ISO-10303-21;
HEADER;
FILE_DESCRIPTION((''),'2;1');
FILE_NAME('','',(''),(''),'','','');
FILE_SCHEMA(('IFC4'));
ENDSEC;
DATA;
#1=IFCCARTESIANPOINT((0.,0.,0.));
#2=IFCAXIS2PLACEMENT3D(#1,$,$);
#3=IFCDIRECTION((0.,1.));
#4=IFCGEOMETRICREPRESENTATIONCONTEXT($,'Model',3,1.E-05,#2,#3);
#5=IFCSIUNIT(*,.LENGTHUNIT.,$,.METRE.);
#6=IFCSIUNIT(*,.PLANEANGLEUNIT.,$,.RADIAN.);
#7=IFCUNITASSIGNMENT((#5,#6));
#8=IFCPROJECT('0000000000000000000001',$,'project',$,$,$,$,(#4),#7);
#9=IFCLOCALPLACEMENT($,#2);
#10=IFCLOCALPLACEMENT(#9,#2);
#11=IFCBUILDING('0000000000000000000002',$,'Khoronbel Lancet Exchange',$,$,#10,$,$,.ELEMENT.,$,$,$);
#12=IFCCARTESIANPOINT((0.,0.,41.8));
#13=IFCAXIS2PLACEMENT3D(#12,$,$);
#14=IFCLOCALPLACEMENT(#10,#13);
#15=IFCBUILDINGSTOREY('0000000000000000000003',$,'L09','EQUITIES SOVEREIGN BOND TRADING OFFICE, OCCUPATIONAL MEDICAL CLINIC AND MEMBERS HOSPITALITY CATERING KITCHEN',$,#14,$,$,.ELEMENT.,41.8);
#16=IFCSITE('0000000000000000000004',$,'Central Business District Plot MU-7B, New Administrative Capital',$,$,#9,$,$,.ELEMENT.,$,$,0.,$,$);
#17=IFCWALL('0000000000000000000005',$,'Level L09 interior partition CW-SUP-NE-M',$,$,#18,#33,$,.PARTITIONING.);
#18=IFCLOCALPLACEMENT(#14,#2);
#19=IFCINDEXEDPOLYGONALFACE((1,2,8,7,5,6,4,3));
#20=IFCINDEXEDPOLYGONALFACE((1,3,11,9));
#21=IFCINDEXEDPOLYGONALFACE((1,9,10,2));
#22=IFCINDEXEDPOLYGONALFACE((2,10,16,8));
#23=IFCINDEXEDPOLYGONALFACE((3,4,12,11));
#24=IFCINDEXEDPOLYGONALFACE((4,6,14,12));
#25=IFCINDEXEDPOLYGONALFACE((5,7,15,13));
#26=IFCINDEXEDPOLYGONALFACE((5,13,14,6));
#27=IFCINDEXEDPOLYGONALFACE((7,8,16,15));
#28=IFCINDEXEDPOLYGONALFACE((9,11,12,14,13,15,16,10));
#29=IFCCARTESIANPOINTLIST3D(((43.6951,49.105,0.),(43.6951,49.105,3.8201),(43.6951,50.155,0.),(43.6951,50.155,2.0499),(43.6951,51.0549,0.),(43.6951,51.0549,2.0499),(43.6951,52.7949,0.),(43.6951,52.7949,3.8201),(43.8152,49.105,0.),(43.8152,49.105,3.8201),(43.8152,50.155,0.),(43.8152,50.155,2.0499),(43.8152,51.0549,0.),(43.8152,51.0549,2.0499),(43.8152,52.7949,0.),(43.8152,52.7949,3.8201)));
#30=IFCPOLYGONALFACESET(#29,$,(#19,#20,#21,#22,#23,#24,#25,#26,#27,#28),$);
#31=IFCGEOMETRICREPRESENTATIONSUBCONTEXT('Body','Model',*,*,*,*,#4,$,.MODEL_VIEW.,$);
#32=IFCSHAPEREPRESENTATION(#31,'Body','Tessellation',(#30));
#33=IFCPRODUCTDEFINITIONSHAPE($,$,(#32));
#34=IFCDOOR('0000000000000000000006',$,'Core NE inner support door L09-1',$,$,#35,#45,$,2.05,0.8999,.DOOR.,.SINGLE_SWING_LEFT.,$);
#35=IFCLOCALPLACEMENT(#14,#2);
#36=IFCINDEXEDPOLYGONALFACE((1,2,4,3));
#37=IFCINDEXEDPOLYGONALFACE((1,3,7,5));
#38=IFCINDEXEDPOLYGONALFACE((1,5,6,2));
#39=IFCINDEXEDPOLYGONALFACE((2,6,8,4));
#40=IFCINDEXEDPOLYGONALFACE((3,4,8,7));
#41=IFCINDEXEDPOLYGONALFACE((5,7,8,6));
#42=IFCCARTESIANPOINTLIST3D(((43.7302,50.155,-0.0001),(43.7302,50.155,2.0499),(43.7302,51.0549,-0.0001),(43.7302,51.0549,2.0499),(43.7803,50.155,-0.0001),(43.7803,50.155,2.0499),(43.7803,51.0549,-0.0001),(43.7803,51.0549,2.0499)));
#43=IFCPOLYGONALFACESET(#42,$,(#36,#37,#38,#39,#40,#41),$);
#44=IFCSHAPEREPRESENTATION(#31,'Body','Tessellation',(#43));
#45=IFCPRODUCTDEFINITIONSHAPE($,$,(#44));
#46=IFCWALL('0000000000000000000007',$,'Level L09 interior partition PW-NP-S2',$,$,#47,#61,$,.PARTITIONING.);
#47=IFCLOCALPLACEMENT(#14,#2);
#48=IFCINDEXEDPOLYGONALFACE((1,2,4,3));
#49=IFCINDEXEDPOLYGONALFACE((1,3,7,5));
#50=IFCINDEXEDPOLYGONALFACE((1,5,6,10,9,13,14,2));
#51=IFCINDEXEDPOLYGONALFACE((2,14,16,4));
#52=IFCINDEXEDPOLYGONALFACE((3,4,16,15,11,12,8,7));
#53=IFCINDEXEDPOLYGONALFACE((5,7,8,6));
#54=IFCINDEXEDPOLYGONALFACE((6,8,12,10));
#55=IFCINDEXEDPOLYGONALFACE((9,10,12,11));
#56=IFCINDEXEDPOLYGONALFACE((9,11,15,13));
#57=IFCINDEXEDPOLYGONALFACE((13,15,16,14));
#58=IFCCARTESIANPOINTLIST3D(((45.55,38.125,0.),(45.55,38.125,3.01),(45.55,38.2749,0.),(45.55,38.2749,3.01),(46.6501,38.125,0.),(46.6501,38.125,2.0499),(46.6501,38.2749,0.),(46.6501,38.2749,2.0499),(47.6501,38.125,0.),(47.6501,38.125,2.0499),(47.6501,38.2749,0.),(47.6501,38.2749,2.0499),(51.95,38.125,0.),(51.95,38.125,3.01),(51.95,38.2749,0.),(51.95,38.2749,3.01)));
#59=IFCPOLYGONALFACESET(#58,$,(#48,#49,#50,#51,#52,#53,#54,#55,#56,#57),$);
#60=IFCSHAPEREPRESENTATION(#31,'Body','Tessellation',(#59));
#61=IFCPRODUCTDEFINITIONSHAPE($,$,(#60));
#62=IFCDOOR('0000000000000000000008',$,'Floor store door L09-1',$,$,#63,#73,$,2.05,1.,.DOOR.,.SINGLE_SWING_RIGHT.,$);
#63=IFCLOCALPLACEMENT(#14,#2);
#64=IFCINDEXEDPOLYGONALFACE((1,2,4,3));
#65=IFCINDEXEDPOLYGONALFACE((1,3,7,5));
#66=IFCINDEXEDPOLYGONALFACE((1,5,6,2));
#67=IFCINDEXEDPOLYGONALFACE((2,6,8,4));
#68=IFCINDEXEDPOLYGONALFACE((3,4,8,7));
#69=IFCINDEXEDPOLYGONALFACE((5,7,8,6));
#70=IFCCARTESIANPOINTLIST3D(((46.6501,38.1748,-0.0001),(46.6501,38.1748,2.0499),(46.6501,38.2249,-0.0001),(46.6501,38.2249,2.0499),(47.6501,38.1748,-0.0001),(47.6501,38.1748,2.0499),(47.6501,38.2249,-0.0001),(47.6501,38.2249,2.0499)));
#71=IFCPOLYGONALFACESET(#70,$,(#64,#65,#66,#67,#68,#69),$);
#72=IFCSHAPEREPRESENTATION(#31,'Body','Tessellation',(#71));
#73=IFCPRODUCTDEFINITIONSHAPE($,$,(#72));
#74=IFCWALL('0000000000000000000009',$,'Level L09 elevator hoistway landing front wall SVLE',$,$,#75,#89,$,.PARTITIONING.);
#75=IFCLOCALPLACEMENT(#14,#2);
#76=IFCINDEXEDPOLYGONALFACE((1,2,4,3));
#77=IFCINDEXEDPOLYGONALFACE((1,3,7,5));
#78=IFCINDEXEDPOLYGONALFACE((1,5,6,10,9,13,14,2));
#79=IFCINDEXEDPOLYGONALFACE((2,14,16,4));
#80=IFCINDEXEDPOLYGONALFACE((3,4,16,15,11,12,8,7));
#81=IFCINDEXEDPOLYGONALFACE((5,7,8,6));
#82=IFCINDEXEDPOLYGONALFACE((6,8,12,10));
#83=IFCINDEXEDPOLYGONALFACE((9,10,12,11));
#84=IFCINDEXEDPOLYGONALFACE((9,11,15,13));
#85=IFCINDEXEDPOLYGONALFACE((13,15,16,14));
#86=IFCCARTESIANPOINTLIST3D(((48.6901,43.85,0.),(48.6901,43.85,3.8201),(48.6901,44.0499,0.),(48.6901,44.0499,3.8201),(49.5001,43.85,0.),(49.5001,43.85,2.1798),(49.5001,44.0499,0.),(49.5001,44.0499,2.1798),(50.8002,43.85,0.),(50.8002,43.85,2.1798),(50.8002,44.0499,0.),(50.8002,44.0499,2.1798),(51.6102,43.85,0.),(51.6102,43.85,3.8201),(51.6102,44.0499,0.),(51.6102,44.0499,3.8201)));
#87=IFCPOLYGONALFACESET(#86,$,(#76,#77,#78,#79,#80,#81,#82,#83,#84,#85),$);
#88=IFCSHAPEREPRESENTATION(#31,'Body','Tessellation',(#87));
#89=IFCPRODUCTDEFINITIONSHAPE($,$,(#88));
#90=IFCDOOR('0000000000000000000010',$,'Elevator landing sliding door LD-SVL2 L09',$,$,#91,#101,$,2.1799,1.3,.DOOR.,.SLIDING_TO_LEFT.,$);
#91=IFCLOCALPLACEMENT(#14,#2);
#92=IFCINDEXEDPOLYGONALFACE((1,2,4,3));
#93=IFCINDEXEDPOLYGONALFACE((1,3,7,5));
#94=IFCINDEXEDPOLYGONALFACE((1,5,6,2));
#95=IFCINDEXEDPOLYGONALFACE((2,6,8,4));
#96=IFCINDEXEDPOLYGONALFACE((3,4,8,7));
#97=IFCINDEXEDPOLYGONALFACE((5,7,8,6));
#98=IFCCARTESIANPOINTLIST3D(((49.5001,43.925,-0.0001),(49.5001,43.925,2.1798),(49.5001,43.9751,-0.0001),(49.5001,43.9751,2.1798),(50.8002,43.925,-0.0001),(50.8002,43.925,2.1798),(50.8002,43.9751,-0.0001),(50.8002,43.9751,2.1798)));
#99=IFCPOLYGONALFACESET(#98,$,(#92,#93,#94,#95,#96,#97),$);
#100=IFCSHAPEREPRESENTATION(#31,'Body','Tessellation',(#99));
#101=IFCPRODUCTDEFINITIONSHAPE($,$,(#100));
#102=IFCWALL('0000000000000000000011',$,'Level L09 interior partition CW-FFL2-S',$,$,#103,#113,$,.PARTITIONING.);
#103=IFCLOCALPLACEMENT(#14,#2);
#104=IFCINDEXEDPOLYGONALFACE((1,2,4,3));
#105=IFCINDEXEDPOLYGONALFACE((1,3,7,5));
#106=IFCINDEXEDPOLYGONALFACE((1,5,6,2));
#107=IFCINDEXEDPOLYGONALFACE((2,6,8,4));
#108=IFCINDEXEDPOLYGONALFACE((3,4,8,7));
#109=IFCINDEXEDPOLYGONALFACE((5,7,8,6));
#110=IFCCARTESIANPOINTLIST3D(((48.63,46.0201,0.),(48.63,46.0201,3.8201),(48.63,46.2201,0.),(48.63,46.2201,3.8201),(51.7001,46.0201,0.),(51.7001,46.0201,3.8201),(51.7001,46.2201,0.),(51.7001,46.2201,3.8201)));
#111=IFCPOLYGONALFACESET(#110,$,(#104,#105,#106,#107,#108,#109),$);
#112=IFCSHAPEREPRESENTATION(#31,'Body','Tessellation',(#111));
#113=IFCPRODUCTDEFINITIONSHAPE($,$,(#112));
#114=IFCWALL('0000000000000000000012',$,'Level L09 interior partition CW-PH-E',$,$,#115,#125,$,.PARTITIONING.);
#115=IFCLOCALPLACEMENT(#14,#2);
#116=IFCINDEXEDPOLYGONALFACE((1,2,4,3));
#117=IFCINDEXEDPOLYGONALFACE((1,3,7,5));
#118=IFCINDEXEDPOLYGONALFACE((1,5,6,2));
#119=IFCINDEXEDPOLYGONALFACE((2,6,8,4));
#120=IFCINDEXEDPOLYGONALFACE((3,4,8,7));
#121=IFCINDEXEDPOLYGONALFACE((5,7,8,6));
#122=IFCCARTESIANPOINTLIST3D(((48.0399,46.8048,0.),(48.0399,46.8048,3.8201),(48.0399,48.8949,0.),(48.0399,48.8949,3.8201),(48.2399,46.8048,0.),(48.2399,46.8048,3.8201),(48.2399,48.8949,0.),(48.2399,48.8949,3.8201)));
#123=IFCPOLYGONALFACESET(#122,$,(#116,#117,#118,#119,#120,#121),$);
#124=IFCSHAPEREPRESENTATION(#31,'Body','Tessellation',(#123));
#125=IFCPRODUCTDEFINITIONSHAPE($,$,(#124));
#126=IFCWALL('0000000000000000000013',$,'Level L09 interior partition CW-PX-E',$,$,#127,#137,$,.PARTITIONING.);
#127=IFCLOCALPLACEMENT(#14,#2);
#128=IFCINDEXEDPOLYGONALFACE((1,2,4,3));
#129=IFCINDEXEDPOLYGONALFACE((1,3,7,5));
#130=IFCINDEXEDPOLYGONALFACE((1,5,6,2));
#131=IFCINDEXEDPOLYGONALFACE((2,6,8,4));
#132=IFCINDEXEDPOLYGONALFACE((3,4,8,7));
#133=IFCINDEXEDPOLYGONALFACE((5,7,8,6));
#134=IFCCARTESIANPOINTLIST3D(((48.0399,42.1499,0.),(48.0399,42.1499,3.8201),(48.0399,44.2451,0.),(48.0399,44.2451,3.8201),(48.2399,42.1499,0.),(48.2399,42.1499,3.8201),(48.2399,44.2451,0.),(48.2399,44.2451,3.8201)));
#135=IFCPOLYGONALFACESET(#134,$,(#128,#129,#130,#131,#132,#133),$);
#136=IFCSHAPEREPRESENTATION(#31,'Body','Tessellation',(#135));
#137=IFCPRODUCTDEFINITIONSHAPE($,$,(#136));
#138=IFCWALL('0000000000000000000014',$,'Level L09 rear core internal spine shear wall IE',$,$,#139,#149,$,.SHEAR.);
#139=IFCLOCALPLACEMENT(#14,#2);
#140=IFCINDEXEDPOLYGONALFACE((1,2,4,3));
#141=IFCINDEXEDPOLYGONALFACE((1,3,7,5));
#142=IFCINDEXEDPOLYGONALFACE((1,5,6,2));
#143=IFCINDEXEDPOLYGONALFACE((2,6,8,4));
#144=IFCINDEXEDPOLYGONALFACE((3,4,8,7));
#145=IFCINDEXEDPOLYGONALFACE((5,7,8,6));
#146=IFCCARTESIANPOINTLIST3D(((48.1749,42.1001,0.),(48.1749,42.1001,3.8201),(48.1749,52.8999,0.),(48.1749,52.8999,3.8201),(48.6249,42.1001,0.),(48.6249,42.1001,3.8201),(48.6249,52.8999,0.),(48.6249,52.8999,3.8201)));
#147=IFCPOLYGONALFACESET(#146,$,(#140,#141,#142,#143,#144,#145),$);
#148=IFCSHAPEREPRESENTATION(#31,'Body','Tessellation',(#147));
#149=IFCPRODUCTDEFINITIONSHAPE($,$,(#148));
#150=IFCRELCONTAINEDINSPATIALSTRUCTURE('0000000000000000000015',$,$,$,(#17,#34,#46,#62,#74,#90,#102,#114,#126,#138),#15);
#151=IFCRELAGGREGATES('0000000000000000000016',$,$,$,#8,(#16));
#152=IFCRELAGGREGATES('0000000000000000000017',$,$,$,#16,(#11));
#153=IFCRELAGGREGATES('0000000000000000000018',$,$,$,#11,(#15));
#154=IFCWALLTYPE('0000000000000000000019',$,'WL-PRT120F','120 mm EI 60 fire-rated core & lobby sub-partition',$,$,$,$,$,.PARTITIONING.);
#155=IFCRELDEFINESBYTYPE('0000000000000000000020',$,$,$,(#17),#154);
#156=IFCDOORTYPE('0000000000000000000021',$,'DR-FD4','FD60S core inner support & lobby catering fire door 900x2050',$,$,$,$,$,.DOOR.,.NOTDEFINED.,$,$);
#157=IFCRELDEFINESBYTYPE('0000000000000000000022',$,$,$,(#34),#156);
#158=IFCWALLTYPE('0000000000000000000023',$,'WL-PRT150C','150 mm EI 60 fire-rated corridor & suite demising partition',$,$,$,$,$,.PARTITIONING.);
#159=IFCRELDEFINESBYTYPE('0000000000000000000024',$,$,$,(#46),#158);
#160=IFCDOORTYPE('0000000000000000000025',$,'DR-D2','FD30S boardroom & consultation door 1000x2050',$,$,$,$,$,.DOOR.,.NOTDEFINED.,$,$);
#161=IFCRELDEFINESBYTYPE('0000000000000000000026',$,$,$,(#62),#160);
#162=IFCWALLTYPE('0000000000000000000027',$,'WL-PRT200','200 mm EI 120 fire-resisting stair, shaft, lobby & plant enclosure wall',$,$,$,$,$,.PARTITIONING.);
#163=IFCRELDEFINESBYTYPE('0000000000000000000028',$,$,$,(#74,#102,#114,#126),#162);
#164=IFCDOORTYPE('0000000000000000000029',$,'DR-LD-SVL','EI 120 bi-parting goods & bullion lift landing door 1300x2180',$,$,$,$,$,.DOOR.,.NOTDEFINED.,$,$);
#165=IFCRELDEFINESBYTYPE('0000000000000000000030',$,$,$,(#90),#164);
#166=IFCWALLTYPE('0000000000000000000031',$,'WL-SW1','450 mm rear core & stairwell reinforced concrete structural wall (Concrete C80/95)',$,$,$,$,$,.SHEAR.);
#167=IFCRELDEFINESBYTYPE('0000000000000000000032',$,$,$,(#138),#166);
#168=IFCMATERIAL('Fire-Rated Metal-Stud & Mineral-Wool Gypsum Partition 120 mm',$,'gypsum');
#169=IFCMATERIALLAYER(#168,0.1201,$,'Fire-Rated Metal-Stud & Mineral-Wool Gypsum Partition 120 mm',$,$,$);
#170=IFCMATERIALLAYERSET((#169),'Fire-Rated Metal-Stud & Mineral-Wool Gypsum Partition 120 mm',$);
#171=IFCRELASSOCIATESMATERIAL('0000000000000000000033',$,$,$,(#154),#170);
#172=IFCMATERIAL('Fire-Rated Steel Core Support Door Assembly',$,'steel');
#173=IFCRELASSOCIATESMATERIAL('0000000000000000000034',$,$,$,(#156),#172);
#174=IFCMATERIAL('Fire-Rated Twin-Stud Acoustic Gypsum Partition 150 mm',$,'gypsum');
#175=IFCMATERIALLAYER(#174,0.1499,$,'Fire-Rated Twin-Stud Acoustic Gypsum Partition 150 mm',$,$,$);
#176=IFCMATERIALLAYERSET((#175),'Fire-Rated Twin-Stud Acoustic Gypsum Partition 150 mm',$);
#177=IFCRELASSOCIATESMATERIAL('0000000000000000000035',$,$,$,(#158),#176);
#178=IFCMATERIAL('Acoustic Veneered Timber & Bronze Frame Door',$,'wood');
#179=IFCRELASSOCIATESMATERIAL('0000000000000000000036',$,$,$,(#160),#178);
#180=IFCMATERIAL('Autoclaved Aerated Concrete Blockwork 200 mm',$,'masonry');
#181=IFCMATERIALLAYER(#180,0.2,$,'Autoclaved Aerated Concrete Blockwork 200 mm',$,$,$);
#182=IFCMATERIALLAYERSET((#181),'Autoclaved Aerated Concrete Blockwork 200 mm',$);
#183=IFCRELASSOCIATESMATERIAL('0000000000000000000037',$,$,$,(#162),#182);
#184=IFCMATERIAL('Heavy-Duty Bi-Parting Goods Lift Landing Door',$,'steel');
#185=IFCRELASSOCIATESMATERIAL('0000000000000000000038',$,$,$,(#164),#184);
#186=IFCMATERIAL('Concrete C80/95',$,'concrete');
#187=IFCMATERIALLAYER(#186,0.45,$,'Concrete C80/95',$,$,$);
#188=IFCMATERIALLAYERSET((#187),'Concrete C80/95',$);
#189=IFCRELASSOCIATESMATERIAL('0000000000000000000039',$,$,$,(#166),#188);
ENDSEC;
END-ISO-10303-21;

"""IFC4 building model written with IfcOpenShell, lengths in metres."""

from ifc_helpers import new_model, si_unit, direction, frame, frame_2d, origin, place, context, subcontext, project, spatial, rectangle, extrude, material, layer, layer_set, type_object, element, fill, save


model = new_model("IFC4")

# Units and contexts
model_context = context("Model", 3, precision=1e-05, world=origin(), true_north=direction((0.0, 1.0)))
body_context = subcontext(model_context, "Body", "Model", "MODEL_VIEW")
ifc_project = project(units=[si_unit("LENGTHUNIT", "METRE"), si_unit("PLANEANGLEUNIT", "RADIAN")], contexts=[model_context])

# Site, building, storey
site_placement = place(None, origin())
site = spatial("IfcSite", under=ifc_project, at=site_placement, Name="Central Business District Plot MU-7B, New Administrative Capital", CompositionType="ELEMENT", RefElevation=0.0)
building_placement = place(site_placement, origin())
building = spatial("IfcBuilding", under=site, at=building_placement, Name="Khoronbel Lancet Exchange", CompositionType="ELEMENT")
storey_placement = place(building_placement, frame((0.0, 0.0, 41.8)))
storey = spatial("IfcBuildingStorey", under=building, at=storey_placement, Name="L09", Description="EQUITIES SOVEREIGN BOND TRADING OFFICE, OCCUPATIONAL MEDICAL CLINIC AND MEMBERS HOSPITALITY CATERING KITCHEN", CompositionType="ELEMENT", Elevation=41.8)

# Shared definitions
ifc_material_1 = material(Name="Fire-Rated Metal-Stud & Mineral-Wool Gypsum Partition 120 mm", Category="gypsum")
ifc_layer_1 = layer(ifc_material_1, 0.1201, Name="Fire-Rated Metal-Stud & Mineral-Wool Gypsum Partition 120 mm")
ifc_layer_set_1 = layer_set([ifc_layer_1], Name="Fire-Rated Metal-Stud & Mineral-Wool Gypsum Partition 120 mm")
wall_type_1 = type_object("IfcWallType", Name="WL-PRT120F", Description="120 mm EI 60 fire-rated core & lobby sub-partition", PredefinedType="PARTITIONING", material=ifc_layer_set_1)

# Walls, openings, doors
wall_1_placement = place(storey_placement, frame((43.7551, 49.105, 0.0), z_axis=(0.0, 0.0, 1.0), x_axis=(0.0, 1.0, 0.0)))
wall_1 = element("IfcWall", 1, at=wall_1_placement, inside=storey, type_object=wall_type_1, Name="Level L09 interior partition CW-SUP-NE-M", PredefinedType="PARTITIONING", context=body_context, shape_type="SweptSolid", body=[
    extrude(rectangle(XDim=3.6899, YDim=0.1201, at=frame_2d((1.845, 0.0))), origin(), (0.0, 0.0, 1.0), 3.8201),
])
opening_1_placement = place(wall_1_placement, frame((1.05, 0.0, 0.0)))
opening_1 = element("IfcOpeningElement", 2, at=opening_1_placement, cuts=wall_1, PredefinedType="OPENING", context=body_context, shape_type="SweptSolid", body=[
    extrude(rectangle(XDim=0.8999, YDim=2.05, at=frame_2d((0.45, 1.0249))), frame((0.0, 0.0701, 0.0), z_axis=(0.0, -1.0, 0.0), x_axis=(1.0, 0.0, 0.0)), (0.0, 0.0, 1.0), 0.1401),
])
ifc_material_2 = material(Name="Fire-Rated Steel Core Support Door Assembly", Category="steel")
door_type_1 = type_object("IfcDoorType", Name="DR-FD4", Description="FD60S core inner support & lobby catering fire door 900x2050", OperationType="NOTDEFINED", PredefinedType="DOOR", material=ifc_material_2)
door_1_placement = place(opening_1_placement, origin())
door_1 = element("IfcDoor", 3, at=door_1_placement, inside=storey, type_object=door_type_1, Name="Core NE inner support door L09-1", OperationType="SINGLE_SWING_LEFT", OverallHeight=2.05, OverallWidth=0.8999, PredefinedType="DOOR", context=body_context, shape_type="SweptSolid", body=[
    extrude(rectangle(XDim=0.8999, YDim=2.05, at=frame_2d((0.45, 1.0249))), frame((0.0, 0.0249, 0.0), z_axis=(0.0, -1.0, 0.0), x_axis=(1.0, 0.0, 0.0)), (0.0, 0.0, 1.0), 0.05),
])
fill(opening_1, door_1)
ifc_material_3 = material(Name="Fire-Rated Twin-Stud Acoustic Gypsum Partition 150 mm", Category="gypsum")
ifc_layer_2 = layer(ifc_material_3, 0.1499, Name="Fire-Rated Twin-Stud Acoustic Gypsum Partition 150 mm")
ifc_layer_set_2 = layer_set([ifc_layer_2], Name="Fire-Rated Twin-Stud Acoustic Gypsum Partition 150 mm")
wall_type_2 = type_object("IfcWallType", Name="WL-PRT150C", Description="150 mm EI 60 fire-rated corridor & suite demising partition", PredefinedType="PARTITIONING", material=ifc_layer_set_2)
wall_2_placement = place(storey_placement, frame((45.55, 38.2, 0.0), z_axis=(0.0, 0.0, 1.0), x_axis=(1.0, 0.0, 0.0)))
wall_2 = element("IfcWall", 4, at=wall_2_placement, inside=storey, type_object=wall_type_2, Name="Level L09 interior partition PW-NP-S2", PredefinedType="PARTITIONING", context=body_context, shape_type="SweptSolid", body=[
    extrude(rectangle(XDim=6.3999, YDim=0.1499, at=frame_2d((3.2, 0.0))), origin(), (0.0, 0.0, 1.0), 3.01),
])
opening_2_placement = place(wall_2_placement, frame((1.1001, 0.0, 0.0)))
opening_2 = element("IfcOpeningElement", 5, at=opening_2_placement, cuts=wall_2, PredefinedType="OPENING", context=body_context, shape_type="SweptSolid", body=[
    extrude(rectangle(XDim=1.0, YDim=2.05, at=frame_2d((0.5, 1.0249))), frame((0.0, 0.085, 0.0), z_axis=(0.0, -1.0, 0.0), x_axis=(1.0, 0.0, 0.0)), (0.0, 0.0, 1.0), 0.1699),
])
ifc_material_4 = material(Name="Acoustic Veneered Timber & Bronze Frame Door", Category="wood")
door_type_2 = type_object("IfcDoorType", Name="DR-D2", Description="FD30S boardroom & consultation door 1000x2050", OperationType="NOTDEFINED", PredefinedType="DOOR", material=ifc_material_4)
door_2_placement = place(opening_2_placement, origin())
door_2 = element("IfcDoor", 6, at=door_2_placement, inside=storey, type_object=door_type_2, Name="Floor store door L09-1", OperationType="SINGLE_SWING_RIGHT", OverallHeight=2.05, OverallWidth=1.0, PredefinedType="DOOR", context=body_context, shape_type="SweptSolid", body=[
    extrude(rectangle(XDim=1.0, YDim=2.05, at=frame_2d((0.5, 1.0249))), frame((0.0, 0.0249, 0.0), z_axis=(0.0, -1.0, 0.0), x_axis=(1.0, 0.0, 0.0)), (0.0, 0.0, 1.0), 0.05),
])
fill(opening_2, door_2)
ifc_material_5 = material(Name="Autoclaved Aerated Concrete Blockwork 200 mm", Category="masonry")
ifc_layer_3 = layer(ifc_material_5, 0.2, Name="Autoclaved Aerated Concrete Blockwork 200 mm")
ifc_layer_set_3 = layer_set([ifc_layer_3], Name="Autoclaved Aerated Concrete Blockwork 200 mm")
wall_type_3 = type_object("IfcWallType", Name="WL-PRT200", Description="200 mm EI 120 fire-resisting stair, shaft, lobby & plant enclosure wall", PredefinedType="PARTITIONING", material=ifc_layer_set_3)
wall_3_placement = place(storey_placement, frame((51.6101, 43.95, 0.0), z_axis=(0.0, 0.0, 1.0), x_axis=(-1.0, 0.0, 0.0)))
wall_3 = element("IfcWall", 7, at=wall_3_placement, inside=storey, type_object=wall_type_3, Name="Level L09 elevator hoistway landing front wall SVLE", PredefinedType="PARTITIONING", context=body_context, shape_type="SweptSolid", body=[
    extrude(rectangle(XDim=2.9202, YDim=0.2, at=frame_2d((1.46, 0.0))), origin(), (0.0, 0.0, 1.0), 3.8201),
])
opening_3_placement = place(wall_3_placement, frame((0.8101, 0.0, 0.0)))
opening_3 = element("IfcOpeningElement", 8, at=opening_3_placement, cuts=wall_3, PredefinedType="OPENING", context=body_context, shape_type="SweptSolid", body=[
    extrude(rectangle(XDim=1.3, YDim=2.1799, at=frame_2d((0.6499, 1.0898))), frame((0.0, 0.1099, 0.0), z_axis=(0.0, -1.0, 0.0), x_axis=(1.0, 0.0, 0.0)), (0.0, 0.0, 1.0), 0.22),
])
ifc_material_6 = material(Name="Heavy-Duty Bi-Parting Goods Lift Landing Door", Category="steel")
door_type_3 = type_object("IfcDoorType", Name="DR-LD-SVL", Description="EI 120 bi-parting goods & bullion lift landing door 1300x2180", OperationType="NOTDEFINED", PredefinedType="DOOR", material=ifc_material_6)
door_3_placement = place(opening_3_placement, origin())
door_3 = element("IfcDoor", 9, at=door_3_placement, inside=storey, type_object=door_type_3, Name="Elevator landing sliding door LD-SVL2 L09", OperationType="SLIDING_TO_LEFT", OverallHeight=2.1799, OverallWidth=1.3, PredefinedType="DOOR", context=body_context, shape_type="SweptSolid", body=[
    extrude(rectangle(XDim=1.3, YDim=2.1799, at=frame_2d((0.6499, 1.0898))), frame((0.0, 0.0249, 0.0), z_axis=(0.0, -1.0, 0.0), x_axis=(1.0, 0.0, 0.0)), (0.0, 0.0, 1.0), 0.05),
])
fill(opening_3, door_3)

# Walls
wall_4_placement = place(storey_placement, frame((48.6299, 46.1201, 0.0), z_axis=(0.0, 0.0, 1.0), x_axis=(1.0, 0.0, 0.0)))
element("IfcWall", 10, at=wall_4_placement, inside=storey, type_object=wall_type_3, Name="Level L09 interior partition CW-FFL2-S", PredefinedType="PARTITIONING", context=body_context, shape_type="SweptSolid", body=[
    extrude(rectangle(XDim=3.0701, YDim=0.2, at=frame_2d((1.5352, 0.0))), origin(), (0.0, 0.0, 1.0), 3.8201),
])
wall_5_placement = place(storey_placement, frame((48.1399, 46.8049, 0.0), z_axis=(0.0, 0.0, 1.0), x_axis=(0.0, 1.0, 0.0)))
element("IfcWall", 11, at=wall_5_placement, inside=storey, type_object=wall_type_3, Name="Level L09 interior partition CW-PH-E", PredefinedType="PARTITIONING", context=body_context, shape_type="SweptSolid", body=[
    extrude(rectangle(XDim=2.0901, YDim=0.2, at=frame_2d((1.0449, 0.0))), origin(), (0.0, 0.0, 1.0), 3.8201),
])
wall_6_placement = place(storey_placement, frame((48.1399, 42.1499, 0.0), z_axis=(0.0, 0.0, 1.0), x_axis=(0.0, 1.0, 0.0)))
element("IfcWall", 12, at=wall_6_placement, inside=storey, type_object=wall_type_3, Name="Level L09 interior partition CW-PX-E", PredefinedType="PARTITIONING", context=body_context, shape_type="SweptSolid", body=[
    extrude(rectangle(XDim=2.0952, YDim=0.2, at=frame_2d((1.0476, 0.0))), origin(), (0.0, 0.0, 1.0), 3.8201),
])
ifc_material_7 = material(Name="Concrete C80/95", Category="concrete")
ifc_layer_4 = layer(ifc_material_7, 0.45, Name="Concrete C80/95")
ifc_layer_set_4 = layer_set([ifc_layer_4], Name="Concrete C80/95")
wall_type_4 = type_object("IfcWallType", Name="WL-SW1", Description="450 mm rear core & stairwell reinforced concrete structural wall (Concrete C80/95)", PredefinedType="SHEAR", material=ifc_layer_set_4)
wall_7_placement = place(storey_placement, frame((48.3999, 42.1001, 0.0), z_axis=(0.0, 0.0, 1.0), x_axis=(0.0, 1.0, 0.0)))
element("IfcWall", 13, at=wall_7_placement, inside=storey, type_object=wall_type_4, Name="Level L09 rear core internal spine shear wall IE", PredefinedType="SHEAR", context=body_context, shape_type="SweptSolid", body=[
    extrude(rectangle(XDim=10.7998, YDim=0.45, at=frame_2d((5.3999, 0.0))), origin(), (0.0, 0.0, 1.0), 3.8201),
])

save(model, "model.ifc")
